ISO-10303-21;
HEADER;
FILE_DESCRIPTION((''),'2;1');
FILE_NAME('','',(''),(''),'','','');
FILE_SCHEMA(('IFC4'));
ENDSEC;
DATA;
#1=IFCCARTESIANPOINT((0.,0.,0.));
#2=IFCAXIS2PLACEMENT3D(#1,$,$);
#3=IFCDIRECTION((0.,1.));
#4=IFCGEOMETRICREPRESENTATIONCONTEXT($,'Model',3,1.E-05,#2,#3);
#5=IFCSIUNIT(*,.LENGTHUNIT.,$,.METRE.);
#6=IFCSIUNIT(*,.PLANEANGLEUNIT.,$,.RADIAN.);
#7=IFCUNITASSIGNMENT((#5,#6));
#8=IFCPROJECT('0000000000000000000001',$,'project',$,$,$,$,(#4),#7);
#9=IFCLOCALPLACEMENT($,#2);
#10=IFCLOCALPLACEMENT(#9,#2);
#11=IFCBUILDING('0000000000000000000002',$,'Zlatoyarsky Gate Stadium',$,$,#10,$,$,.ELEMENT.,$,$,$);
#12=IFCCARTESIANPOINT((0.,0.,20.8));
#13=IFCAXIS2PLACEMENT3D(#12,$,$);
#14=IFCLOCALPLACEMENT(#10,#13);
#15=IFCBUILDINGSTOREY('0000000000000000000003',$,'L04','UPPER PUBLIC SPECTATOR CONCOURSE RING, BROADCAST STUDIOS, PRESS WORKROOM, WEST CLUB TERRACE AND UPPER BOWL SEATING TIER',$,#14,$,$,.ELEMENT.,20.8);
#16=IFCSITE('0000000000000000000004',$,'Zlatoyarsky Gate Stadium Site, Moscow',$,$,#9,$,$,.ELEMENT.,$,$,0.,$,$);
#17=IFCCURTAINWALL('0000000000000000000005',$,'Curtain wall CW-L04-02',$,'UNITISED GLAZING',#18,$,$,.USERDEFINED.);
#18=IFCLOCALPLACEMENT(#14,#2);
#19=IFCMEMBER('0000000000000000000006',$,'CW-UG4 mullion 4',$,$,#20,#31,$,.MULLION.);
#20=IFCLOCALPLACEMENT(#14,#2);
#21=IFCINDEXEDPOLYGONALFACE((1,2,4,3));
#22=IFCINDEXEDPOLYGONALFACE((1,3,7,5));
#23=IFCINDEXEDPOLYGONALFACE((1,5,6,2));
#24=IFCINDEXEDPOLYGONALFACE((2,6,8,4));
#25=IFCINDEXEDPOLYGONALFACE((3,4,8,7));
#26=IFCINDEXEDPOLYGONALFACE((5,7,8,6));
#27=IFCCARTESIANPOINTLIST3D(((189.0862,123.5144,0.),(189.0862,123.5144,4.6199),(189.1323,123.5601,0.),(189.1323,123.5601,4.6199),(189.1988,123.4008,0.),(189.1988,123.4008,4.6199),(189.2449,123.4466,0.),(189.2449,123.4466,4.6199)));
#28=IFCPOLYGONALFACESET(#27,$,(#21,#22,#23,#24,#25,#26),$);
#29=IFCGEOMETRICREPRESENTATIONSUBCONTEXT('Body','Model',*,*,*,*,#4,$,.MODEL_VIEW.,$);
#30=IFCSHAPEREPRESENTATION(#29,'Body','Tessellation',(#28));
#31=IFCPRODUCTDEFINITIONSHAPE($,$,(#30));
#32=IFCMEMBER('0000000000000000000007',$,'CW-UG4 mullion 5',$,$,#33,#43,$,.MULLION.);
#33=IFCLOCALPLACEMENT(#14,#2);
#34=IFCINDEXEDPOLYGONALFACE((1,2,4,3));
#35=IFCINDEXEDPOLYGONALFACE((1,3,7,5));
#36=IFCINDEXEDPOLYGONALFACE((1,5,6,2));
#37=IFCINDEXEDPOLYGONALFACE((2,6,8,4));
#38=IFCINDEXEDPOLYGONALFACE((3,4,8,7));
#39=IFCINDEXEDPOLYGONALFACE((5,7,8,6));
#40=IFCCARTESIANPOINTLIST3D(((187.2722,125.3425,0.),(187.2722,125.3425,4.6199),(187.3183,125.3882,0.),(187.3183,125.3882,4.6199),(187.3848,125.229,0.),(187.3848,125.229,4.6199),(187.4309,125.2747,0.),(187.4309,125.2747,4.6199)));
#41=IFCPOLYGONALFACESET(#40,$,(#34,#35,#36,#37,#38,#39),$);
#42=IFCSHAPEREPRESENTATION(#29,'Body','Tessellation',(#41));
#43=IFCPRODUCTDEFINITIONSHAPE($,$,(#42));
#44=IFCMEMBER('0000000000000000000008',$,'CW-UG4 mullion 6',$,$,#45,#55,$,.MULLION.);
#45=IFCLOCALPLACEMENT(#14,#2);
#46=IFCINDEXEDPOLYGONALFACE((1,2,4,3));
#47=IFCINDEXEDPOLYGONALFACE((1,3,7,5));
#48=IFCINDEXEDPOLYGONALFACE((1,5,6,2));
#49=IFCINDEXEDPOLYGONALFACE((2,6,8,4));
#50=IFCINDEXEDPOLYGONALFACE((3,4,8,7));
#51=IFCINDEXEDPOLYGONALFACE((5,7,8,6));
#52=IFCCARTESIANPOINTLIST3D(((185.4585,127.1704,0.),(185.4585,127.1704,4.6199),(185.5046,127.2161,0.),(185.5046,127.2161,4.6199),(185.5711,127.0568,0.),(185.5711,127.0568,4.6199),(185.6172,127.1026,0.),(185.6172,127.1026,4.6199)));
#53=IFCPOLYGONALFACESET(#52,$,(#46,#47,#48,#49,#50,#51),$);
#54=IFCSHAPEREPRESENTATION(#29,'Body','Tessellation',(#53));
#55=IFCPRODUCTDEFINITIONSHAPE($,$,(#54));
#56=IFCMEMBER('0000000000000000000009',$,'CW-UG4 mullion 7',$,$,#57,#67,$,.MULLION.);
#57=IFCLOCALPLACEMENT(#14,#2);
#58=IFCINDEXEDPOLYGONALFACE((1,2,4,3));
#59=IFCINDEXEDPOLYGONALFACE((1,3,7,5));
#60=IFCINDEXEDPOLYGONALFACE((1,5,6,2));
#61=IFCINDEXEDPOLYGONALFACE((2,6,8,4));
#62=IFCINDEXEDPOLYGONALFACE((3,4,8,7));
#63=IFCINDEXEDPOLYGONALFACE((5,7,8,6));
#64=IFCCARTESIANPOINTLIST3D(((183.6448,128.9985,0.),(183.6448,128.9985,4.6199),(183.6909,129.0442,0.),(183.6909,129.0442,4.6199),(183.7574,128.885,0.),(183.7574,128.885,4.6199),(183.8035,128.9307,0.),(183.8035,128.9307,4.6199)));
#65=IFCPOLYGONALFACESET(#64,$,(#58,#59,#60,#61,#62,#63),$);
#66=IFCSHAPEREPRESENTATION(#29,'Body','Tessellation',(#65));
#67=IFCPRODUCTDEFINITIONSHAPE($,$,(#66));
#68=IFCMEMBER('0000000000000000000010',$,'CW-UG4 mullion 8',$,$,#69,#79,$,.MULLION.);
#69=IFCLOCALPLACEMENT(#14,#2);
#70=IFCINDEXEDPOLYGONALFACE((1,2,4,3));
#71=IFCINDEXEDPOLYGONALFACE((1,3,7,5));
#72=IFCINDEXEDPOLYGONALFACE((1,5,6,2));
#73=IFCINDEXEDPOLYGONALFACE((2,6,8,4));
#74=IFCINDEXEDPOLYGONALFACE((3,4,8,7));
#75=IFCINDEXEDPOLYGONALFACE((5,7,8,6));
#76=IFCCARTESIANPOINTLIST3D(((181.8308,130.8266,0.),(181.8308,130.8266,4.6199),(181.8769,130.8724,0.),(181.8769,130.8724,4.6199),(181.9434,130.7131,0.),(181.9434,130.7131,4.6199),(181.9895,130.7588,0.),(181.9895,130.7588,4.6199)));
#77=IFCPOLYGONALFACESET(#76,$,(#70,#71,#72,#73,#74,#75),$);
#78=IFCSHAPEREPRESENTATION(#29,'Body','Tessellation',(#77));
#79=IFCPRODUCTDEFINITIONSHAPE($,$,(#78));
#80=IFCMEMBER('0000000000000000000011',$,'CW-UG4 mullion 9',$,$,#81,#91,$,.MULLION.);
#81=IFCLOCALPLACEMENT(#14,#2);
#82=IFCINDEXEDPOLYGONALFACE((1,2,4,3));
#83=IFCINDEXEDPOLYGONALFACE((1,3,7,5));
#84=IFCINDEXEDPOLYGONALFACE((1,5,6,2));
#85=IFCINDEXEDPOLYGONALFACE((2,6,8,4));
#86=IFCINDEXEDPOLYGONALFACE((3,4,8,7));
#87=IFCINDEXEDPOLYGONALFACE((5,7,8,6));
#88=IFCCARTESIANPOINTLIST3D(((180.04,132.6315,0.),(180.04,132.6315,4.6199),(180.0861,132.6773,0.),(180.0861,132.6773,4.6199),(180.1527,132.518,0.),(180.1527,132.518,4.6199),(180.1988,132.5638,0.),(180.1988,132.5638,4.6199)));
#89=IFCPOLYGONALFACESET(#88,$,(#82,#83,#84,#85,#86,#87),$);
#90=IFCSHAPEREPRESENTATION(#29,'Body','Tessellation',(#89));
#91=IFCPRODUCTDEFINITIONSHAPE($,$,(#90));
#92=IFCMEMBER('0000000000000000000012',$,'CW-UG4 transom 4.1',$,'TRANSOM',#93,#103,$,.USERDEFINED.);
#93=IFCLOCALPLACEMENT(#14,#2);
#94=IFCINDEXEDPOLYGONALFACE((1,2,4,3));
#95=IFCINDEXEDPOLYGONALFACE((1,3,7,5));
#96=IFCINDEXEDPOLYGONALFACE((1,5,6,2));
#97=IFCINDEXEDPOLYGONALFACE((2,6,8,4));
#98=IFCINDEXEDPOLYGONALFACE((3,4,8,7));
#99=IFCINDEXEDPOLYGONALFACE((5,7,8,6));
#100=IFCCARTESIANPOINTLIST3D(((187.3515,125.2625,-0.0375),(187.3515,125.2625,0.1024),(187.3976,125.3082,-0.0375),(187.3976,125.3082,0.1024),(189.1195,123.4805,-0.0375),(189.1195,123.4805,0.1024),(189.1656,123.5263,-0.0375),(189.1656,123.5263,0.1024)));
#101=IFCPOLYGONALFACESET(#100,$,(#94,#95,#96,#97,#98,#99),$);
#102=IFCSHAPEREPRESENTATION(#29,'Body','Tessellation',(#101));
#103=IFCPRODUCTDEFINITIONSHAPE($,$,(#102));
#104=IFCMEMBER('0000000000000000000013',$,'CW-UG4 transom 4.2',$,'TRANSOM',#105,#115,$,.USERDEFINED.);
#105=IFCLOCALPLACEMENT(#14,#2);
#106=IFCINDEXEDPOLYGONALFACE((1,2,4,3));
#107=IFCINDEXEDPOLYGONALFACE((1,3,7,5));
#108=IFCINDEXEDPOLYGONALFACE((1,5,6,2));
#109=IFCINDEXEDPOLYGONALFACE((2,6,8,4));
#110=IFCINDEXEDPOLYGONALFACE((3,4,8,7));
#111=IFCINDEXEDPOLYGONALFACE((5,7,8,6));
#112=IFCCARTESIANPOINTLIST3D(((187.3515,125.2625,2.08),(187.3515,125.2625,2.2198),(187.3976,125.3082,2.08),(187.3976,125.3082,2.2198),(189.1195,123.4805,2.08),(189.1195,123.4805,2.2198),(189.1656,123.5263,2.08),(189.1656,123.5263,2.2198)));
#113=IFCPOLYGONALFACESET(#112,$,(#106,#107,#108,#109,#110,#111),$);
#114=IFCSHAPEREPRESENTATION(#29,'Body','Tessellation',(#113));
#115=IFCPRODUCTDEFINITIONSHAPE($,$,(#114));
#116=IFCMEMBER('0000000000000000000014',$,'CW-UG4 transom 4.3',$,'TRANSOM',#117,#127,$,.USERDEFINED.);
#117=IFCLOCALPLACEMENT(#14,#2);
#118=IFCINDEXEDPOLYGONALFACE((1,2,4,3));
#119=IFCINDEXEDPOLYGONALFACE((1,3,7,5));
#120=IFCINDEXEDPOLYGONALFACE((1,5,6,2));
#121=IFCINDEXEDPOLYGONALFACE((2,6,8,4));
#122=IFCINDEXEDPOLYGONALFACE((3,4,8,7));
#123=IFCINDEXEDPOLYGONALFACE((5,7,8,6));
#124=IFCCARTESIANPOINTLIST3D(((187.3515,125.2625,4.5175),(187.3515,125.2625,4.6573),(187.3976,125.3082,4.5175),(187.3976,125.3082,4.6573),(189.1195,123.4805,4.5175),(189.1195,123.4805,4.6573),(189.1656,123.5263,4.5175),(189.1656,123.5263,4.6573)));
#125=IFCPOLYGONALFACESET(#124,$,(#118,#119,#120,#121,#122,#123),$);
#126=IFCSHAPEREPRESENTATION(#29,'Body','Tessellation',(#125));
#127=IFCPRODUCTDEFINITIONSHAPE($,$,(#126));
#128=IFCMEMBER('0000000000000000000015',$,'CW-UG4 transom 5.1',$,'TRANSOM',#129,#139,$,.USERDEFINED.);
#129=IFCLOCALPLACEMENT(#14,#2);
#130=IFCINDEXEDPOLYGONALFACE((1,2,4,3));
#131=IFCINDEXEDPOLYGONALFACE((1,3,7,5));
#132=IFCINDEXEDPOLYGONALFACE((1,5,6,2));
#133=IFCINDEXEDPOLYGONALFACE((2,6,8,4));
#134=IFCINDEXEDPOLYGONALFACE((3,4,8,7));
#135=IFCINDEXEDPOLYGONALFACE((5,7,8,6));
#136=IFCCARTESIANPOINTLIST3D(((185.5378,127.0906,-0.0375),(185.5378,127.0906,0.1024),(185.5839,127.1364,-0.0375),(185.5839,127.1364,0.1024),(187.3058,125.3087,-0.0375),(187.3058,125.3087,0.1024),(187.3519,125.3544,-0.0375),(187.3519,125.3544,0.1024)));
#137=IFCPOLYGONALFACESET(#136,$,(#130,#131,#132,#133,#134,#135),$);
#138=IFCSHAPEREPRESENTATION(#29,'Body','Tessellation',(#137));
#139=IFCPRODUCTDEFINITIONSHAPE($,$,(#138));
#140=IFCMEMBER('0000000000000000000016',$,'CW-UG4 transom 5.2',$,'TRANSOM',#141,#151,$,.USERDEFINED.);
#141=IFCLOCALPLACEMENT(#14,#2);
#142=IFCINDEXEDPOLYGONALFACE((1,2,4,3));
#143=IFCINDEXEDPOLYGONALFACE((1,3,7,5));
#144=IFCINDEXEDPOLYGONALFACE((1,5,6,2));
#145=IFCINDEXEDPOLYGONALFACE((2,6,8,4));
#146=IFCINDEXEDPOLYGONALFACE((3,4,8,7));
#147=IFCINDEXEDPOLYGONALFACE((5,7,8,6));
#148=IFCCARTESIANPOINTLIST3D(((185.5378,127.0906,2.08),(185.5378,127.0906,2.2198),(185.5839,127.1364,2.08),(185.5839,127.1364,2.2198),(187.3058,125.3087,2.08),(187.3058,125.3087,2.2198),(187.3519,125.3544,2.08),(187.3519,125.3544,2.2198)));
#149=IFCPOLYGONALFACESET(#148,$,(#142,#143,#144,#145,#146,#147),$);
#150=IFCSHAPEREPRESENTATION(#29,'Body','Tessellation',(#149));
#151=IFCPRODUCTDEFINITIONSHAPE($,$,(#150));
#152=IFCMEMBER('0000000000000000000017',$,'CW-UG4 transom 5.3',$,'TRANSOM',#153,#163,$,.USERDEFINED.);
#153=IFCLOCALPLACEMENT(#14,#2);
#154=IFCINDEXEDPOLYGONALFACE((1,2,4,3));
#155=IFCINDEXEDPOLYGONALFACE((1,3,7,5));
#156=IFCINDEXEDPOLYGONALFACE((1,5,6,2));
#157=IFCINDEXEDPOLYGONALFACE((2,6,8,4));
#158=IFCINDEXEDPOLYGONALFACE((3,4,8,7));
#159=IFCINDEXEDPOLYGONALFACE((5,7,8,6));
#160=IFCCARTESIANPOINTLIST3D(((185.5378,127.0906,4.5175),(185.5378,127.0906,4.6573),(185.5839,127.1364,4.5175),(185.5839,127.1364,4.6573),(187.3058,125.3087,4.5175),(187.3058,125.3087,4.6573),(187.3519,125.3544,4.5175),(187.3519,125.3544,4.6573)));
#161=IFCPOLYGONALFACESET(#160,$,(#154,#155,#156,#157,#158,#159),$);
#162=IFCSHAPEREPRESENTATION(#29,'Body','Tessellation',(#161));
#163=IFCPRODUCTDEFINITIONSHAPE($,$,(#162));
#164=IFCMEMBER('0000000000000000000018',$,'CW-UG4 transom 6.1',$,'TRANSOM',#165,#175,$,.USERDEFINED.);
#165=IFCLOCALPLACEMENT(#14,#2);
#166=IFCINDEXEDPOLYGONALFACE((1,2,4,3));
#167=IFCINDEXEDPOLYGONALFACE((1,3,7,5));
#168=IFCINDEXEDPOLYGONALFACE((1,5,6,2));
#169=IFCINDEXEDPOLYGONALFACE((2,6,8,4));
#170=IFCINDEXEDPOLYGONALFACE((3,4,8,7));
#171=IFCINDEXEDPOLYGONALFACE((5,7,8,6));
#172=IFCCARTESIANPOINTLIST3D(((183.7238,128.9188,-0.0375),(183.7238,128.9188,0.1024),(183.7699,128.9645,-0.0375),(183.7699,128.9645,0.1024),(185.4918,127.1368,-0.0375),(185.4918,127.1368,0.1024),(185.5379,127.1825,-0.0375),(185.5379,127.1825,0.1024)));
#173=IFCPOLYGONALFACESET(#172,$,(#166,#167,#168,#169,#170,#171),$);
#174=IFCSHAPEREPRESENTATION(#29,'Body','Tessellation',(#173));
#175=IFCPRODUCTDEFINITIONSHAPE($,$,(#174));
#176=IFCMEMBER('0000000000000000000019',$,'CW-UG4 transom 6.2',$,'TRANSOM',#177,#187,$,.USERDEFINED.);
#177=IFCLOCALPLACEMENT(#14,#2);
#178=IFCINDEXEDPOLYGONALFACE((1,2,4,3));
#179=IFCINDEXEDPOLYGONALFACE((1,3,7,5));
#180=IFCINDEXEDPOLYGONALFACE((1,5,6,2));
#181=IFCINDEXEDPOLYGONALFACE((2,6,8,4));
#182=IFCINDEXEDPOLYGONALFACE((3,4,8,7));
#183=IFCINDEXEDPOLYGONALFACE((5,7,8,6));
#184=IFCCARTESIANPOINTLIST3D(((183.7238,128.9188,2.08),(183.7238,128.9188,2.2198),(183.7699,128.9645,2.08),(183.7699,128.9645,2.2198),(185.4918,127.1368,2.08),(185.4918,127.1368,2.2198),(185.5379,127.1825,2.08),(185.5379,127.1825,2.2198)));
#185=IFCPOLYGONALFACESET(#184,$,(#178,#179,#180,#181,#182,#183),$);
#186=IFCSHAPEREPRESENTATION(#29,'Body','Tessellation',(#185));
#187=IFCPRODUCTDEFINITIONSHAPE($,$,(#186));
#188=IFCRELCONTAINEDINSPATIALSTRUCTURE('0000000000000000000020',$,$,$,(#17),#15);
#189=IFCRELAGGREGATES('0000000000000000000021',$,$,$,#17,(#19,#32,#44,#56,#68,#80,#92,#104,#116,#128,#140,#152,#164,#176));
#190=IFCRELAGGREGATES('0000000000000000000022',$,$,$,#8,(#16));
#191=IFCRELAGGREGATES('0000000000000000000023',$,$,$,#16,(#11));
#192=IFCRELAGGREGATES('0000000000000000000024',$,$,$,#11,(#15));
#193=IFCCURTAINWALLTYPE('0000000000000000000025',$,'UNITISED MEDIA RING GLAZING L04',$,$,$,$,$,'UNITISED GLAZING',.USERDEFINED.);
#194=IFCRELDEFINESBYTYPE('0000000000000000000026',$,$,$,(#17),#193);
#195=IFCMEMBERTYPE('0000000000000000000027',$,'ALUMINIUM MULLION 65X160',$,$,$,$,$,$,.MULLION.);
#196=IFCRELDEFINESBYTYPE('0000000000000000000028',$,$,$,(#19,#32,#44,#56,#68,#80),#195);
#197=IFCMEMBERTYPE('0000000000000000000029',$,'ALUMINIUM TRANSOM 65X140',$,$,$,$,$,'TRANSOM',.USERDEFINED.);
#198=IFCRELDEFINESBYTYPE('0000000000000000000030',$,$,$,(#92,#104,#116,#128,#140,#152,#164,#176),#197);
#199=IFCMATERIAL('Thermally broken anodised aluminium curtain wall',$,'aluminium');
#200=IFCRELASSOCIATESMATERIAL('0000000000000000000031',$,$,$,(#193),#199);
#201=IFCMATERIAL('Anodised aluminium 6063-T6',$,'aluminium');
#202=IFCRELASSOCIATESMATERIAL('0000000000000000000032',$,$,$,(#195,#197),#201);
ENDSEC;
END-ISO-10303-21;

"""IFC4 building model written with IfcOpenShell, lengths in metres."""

from ifc_helpers import new_model, si_unit, direction, frame, origin, origin_2d, place, context, subcontext, project, spatial, rectangle, extrude, material, material_profile, profile_set, type_object, element, aggregate, save


model = new_model("IFC4")

# Units and contexts
model_context = context("Model", 3, precision=1e-05, world=origin(), true_north=direction((0.0, 1.0)))
body_context = subcontext(model_context, "Body", "Model", "MODEL_VIEW")
ifc_project = project(units=[si_unit("LENGTHUNIT", "METRE"), si_unit("PLANEANGLEUNIT", "RADIAN")], contexts=[model_context])

# Site, building, storey
site_placement = place(None, origin())
site = spatial("IfcSite", under=ifc_project, at=site_placement, Name="Zlatoyarsky Gate Stadium Site, Moscow", CompositionType="ELEMENT", RefElevation=0.0)
building_placement = place(site_placement, origin())
building = spatial("IfcBuilding", under=site, at=building_placement, Name="Zlatoyarsky Gate Stadium", CompositionType="ELEMENT")
storey_placement = place(building_placement, frame((0.0, 0.0, 20.8)))
storey = spatial("IfcBuildingStorey", under=building, at=storey_placement, Name="L04", Description="UPPER PUBLIC SPECTATOR CONCOURSE RING, BROADCAST STUDIOS, PRESS WORKROOM, WEST CLUB TERRACE AND UPPER BOWL SEATING TIER", CompositionType="ELEMENT", Elevation=20.8)

# Curtain wall, members
ifc_material_1 = material(Name="Thermally broken anodised aluminium curtain wall", Category="aluminium")
curtain_wall_type = type_object("IfcCurtainWallType", Name="UNITISED MEDIA RING GLAZING L04", ElementType="UNITISED GLAZING", PredefinedType="USERDEFINED", material=ifc_material_1)
curtain_wall_placement = place(storey_placement, origin())
curtain_wall = element("IfcCurtainWall", 1, at=curtain_wall_placement, inside=storey, type_object=curtain_wall_type, Name="Curtain wall CW-L04-02", ObjectType="UNITISED GLAZING", PredefinedType="USERDEFINED")
ifc_material_2 = material(Name="Anodised aluminium 6063-T6", Category="aluminium")
ifc_material_profile_1 = material_profile(ifc_material_2, rectangle(XDim=0.0649, YDim=0.1599, at=origin_2d()), Name="ALU 65X160")
ifc_profile_set_1 = profile_set([ifc_material_profile_1], Name="Anodised aluminium 6063-T6")
member_type_1 = type_object("IfcMemberType", Name="ALUMINIUM MULLION 65X160", PredefinedType="MULLION", material=ifc_profile_set_1)
member_1_placement = place(storey_placement, frame((189.1655, 123.4805, 0.0), z_axis=(0.0, 0.0, 1.0), x_axis=(-0.709871, -0.704332, 0.0)))
member_1 = element("IfcMember", 2, at=member_1_placement, type_object=member_type_1, Name="CW-UG4 mullion 4", PredefinedType="MULLION", context=body_context, shape_type="SweptSolid", body=[
    extrude(rectangle(XDim=0.0649, YDim=0.1599, at=origin_2d()), origin(), (0.0, 0.0, 1.0), 4.6199),
])
member_2_placement = place(storey_placement, frame((187.3516, 125.3086, 0.0), z_axis=(0.0, 0.0, 1.0), x_axis=(-0.709871, -0.704332, 0.0)))
member_2 = element("IfcMember", 3, at=member_2_placement, type_object=member_type_1, Name="CW-UG4 mullion 5", PredefinedType="MULLION", context=body_context, shape_type="SweptSolid", body=[
    extrude(rectangle(XDim=0.0649, YDim=0.1599, at=origin_2d()), origin(), (0.0, 0.0, 1.0), 4.6199),
])
member_3_placement = place(storey_placement, frame((185.5378, 127.1365, 0.0), z_axis=(0.0, 0.0, 1.0), x_axis=(-0.709871, -0.704332, 0.0)))
member_3 = element("IfcMember", 4, at=member_3_placement, type_object=member_type_1, Name="CW-UG4 mullion 6", PredefinedType="MULLION", context=body_context, shape_type="SweptSolid", body=[
    extrude(rectangle(XDim=0.0649, YDim=0.1599, at=origin_2d()), origin(), (0.0, 0.0, 1.0), 4.6199),
])
member_4_placement = place(storey_placement, frame((183.7241, 128.9646, 0.0), z_axis=(0.0, 0.0, 1.0), x_axis=(-0.709871, -0.704332, 0.0)))
member_4 = element("IfcMember", 5, at=member_4_placement, type_object=member_type_1, Name="CW-UG4 mullion 7", PredefinedType="MULLION", context=body_context, shape_type="SweptSolid", body=[
    extrude(rectangle(XDim=0.0649, YDim=0.1599, at=origin_2d()), origin(), (0.0, 0.0, 1.0), 4.6199),
])
member_5_placement = place(storey_placement, frame((181.9102, 130.7927, 0.0), z_axis=(0.0, 0.0, 1.0), x_axis=(-0.709871, -0.704332, 0.0)))
member_5 = element("IfcMember", 6, at=member_5_placement, type_object=member_type_1, Name="CW-UG4 mullion 8", PredefinedType="MULLION", context=body_context, shape_type="SweptSolid", body=[
    extrude(rectangle(XDim=0.0649, YDim=0.1599, at=origin_2d()), origin(), (0.0, 0.0, 1.0), 4.6199),
])
member_6_placement = place(storey_placement, frame((180.1194, 132.5977, 0.0), z_axis=(0.0, 0.0, 1.0), x_axis=(-0.709871, -0.704332, 0.0)))
member_6 = element("IfcMember", 7, at=member_6_placement, type_object=member_type_1, Name="CW-UG4 mullion 9", PredefinedType="MULLION", context=body_context, shape_type="SweptSolid", body=[
    extrude(rectangle(XDim=0.0649, YDim=0.1599, at=origin_2d()), origin(), (0.0, 0.0, 1.0), 4.6199),
])
ifc_material_profile_2 = material_profile(ifc_material_2, rectangle(XDim=0.0649, YDim=0.1399, at=origin_2d()), Name="ALU 65X140")
ifc_profile_set_2 = profile_set([ifc_material_profile_2], Name="Anodised aluminium 6063-T6")
member_type_2 = type_object("IfcMemberType", Name="ALUMINIUM TRANSOM 65X140", ElementType="TRANSOM", PredefinedType="USERDEFINED", material=ifc_profile_set_2)
member_7_placement = place(storey_placement, frame((189.1426, 123.5034, 0.0325), z_axis=(-0.70433, 0.709873, 0.0), x_axis=(-0.709873, -0.70433, 0.0)))
member_7 = element("IfcMember", 8, at=member_7_placement, type_object=member_type_2, Name="CW-UG4 transom 4.1", ObjectType="TRANSOM", PredefinedType="USERDEFINED", context=body_context, shape_type="SweptSolid", body=[
    extrude(rectangle(XDim=0.0649, YDim=0.1399, at=origin_2d()), origin(), (0.0, 0.0, 1.0), 2.5103),
])
member_8_placement = place(storey_placement, frame((189.1426, 123.5034, 2.1499), z_axis=(-0.70433, 0.709873, 0.0), x_axis=(-0.709873, -0.70433, 0.0)))
member_8 = element("IfcMember", 9, at=member_8_placement, type_object=member_type_2, Name="CW-UG4 transom 4.2", ObjectType="TRANSOM", PredefinedType="USERDEFINED", context=body_context, shape_type="SweptSolid", body=[
    extrude(rectangle(XDim=0.0649, YDim=0.1399, at=origin_2d()), origin(), (0.0, 0.0, 1.0), 2.5103),
])
member_9_placement = place(storey_placement, frame((189.1426, 123.5034, 4.5874), z_axis=(-0.70433, 0.709873, 0.0), x_axis=(-0.709873, -0.70433, 0.0)))
member_9 = element("IfcMember", 10, at=member_9_placement, type_object=member_type_2, Name="CW-UG4 transom 4.3", ObjectType="TRANSOM", PredefinedType="USERDEFINED", context=body_context, shape_type="SweptSolid", body=[
    extrude(rectangle(XDim=0.0649, YDim=0.1399, at=origin_2d()), origin(), (0.0, 0.0, 1.0), 2.5103),
])
member_10_placement = place(storey_placement, frame((187.3289, 125.3315, 0.0325), z_axis=(-0.70433, 0.709873, 0.0), x_axis=(-0.709873, -0.70433, 0.0)))
member_10 = element("IfcMember", 11, at=member_10_placement, type_object=member_type_2, Name="CW-UG4 transom 5.1", ObjectType="TRANSOM", PredefinedType="USERDEFINED", context=body_context, shape_type="SweptSolid", body=[
    extrude(rectangle(XDim=0.0649, YDim=0.1399, at=origin_2d()), origin(), (0.0, 0.0, 1.0), 2.5103),
])
member_11_placement = place(storey_placement, frame((187.3289, 125.3315, 2.1499), z_axis=(-0.70433, 0.709873, 0.0), x_axis=(-0.709873, -0.70433, 0.0)))
member_11 = element("IfcMember", 12, at=member_11_placement, type_object=member_type_2, Name="CW-UG4 transom 5.2", ObjectType="TRANSOM", PredefinedType="USERDEFINED", context=body_context, shape_type="SweptSolid", body=[
    extrude(rectangle(XDim=0.0649, YDim=0.1399, at=origin_2d()), origin(), (0.0, 0.0, 1.0), 2.5103),
])
member_12_placement = place(storey_placement, frame((187.3289, 125.3315, 4.5874), z_axis=(-0.70433, 0.709873, 0.0), x_axis=(-0.709873, -0.70433, 0.0)))
member_12 = element("IfcMember", 13, at=member_12_placement, type_object=member_type_2, Name="CW-UG4 transom 5.3", ObjectType="TRANSOM", PredefinedType="USERDEFINED", context=body_context, shape_type="SweptSolid", body=[
    extrude(rectangle(XDim=0.0649, YDim=0.1399, at=origin_2d()), origin(), (0.0, 0.0, 1.0), 2.5103),
])
member_13_placement = place(storey_placement, frame((185.5149, 127.1597, 0.0325), z_axis=(-0.70433, 0.709873, 0.0), x_axis=(-0.709873, -0.70433, 0.0)))
member_13 = element("IfcMember", 14, at=member_13_placement, type_object=member_type_2, Name="CW-UG4 transom 6.1", ObjectType="TRANSOM", PredefinedType="USERDEFINED", context=body_context, shape_type="SweptSolid", body=[
    extrude(rectangle(XDim=0.0649, YDim=0.1399, at=origin_2d()), origin(), (0.0, 0.0, 1.0), 2.5103),
])
member_14_placement = place(storey_placement, frame((185.5149, 127.1597, 2.1499), z_axis=(-0.70433, 0.709873, 0.0), x_axis=(-0.709873, -0.70433, 0.0)))
member_14 = element("IfcMember", 15, at=member_14_placement, type_object=member_type_2, Name="CW-UG4 transom 6.2", ObjectType="TRANSOM", PredefinedType="USERDEFINED", context=body_context, shape_type="SweptSolid", body=[
    extrude(rectangle(XDim=0.0649, YDim=0.1399, at=origin_2d()), origin(), (0.0, 0.0, 1.0), 2.5103),
])

aggregate(curtain_wall, [member_1, member_2, member_3, member_4, member_5, member_6, member_7, member_8, member_9, member_10, member_11, member_12, member_13, member_14])

save(model, "model.ifc")
